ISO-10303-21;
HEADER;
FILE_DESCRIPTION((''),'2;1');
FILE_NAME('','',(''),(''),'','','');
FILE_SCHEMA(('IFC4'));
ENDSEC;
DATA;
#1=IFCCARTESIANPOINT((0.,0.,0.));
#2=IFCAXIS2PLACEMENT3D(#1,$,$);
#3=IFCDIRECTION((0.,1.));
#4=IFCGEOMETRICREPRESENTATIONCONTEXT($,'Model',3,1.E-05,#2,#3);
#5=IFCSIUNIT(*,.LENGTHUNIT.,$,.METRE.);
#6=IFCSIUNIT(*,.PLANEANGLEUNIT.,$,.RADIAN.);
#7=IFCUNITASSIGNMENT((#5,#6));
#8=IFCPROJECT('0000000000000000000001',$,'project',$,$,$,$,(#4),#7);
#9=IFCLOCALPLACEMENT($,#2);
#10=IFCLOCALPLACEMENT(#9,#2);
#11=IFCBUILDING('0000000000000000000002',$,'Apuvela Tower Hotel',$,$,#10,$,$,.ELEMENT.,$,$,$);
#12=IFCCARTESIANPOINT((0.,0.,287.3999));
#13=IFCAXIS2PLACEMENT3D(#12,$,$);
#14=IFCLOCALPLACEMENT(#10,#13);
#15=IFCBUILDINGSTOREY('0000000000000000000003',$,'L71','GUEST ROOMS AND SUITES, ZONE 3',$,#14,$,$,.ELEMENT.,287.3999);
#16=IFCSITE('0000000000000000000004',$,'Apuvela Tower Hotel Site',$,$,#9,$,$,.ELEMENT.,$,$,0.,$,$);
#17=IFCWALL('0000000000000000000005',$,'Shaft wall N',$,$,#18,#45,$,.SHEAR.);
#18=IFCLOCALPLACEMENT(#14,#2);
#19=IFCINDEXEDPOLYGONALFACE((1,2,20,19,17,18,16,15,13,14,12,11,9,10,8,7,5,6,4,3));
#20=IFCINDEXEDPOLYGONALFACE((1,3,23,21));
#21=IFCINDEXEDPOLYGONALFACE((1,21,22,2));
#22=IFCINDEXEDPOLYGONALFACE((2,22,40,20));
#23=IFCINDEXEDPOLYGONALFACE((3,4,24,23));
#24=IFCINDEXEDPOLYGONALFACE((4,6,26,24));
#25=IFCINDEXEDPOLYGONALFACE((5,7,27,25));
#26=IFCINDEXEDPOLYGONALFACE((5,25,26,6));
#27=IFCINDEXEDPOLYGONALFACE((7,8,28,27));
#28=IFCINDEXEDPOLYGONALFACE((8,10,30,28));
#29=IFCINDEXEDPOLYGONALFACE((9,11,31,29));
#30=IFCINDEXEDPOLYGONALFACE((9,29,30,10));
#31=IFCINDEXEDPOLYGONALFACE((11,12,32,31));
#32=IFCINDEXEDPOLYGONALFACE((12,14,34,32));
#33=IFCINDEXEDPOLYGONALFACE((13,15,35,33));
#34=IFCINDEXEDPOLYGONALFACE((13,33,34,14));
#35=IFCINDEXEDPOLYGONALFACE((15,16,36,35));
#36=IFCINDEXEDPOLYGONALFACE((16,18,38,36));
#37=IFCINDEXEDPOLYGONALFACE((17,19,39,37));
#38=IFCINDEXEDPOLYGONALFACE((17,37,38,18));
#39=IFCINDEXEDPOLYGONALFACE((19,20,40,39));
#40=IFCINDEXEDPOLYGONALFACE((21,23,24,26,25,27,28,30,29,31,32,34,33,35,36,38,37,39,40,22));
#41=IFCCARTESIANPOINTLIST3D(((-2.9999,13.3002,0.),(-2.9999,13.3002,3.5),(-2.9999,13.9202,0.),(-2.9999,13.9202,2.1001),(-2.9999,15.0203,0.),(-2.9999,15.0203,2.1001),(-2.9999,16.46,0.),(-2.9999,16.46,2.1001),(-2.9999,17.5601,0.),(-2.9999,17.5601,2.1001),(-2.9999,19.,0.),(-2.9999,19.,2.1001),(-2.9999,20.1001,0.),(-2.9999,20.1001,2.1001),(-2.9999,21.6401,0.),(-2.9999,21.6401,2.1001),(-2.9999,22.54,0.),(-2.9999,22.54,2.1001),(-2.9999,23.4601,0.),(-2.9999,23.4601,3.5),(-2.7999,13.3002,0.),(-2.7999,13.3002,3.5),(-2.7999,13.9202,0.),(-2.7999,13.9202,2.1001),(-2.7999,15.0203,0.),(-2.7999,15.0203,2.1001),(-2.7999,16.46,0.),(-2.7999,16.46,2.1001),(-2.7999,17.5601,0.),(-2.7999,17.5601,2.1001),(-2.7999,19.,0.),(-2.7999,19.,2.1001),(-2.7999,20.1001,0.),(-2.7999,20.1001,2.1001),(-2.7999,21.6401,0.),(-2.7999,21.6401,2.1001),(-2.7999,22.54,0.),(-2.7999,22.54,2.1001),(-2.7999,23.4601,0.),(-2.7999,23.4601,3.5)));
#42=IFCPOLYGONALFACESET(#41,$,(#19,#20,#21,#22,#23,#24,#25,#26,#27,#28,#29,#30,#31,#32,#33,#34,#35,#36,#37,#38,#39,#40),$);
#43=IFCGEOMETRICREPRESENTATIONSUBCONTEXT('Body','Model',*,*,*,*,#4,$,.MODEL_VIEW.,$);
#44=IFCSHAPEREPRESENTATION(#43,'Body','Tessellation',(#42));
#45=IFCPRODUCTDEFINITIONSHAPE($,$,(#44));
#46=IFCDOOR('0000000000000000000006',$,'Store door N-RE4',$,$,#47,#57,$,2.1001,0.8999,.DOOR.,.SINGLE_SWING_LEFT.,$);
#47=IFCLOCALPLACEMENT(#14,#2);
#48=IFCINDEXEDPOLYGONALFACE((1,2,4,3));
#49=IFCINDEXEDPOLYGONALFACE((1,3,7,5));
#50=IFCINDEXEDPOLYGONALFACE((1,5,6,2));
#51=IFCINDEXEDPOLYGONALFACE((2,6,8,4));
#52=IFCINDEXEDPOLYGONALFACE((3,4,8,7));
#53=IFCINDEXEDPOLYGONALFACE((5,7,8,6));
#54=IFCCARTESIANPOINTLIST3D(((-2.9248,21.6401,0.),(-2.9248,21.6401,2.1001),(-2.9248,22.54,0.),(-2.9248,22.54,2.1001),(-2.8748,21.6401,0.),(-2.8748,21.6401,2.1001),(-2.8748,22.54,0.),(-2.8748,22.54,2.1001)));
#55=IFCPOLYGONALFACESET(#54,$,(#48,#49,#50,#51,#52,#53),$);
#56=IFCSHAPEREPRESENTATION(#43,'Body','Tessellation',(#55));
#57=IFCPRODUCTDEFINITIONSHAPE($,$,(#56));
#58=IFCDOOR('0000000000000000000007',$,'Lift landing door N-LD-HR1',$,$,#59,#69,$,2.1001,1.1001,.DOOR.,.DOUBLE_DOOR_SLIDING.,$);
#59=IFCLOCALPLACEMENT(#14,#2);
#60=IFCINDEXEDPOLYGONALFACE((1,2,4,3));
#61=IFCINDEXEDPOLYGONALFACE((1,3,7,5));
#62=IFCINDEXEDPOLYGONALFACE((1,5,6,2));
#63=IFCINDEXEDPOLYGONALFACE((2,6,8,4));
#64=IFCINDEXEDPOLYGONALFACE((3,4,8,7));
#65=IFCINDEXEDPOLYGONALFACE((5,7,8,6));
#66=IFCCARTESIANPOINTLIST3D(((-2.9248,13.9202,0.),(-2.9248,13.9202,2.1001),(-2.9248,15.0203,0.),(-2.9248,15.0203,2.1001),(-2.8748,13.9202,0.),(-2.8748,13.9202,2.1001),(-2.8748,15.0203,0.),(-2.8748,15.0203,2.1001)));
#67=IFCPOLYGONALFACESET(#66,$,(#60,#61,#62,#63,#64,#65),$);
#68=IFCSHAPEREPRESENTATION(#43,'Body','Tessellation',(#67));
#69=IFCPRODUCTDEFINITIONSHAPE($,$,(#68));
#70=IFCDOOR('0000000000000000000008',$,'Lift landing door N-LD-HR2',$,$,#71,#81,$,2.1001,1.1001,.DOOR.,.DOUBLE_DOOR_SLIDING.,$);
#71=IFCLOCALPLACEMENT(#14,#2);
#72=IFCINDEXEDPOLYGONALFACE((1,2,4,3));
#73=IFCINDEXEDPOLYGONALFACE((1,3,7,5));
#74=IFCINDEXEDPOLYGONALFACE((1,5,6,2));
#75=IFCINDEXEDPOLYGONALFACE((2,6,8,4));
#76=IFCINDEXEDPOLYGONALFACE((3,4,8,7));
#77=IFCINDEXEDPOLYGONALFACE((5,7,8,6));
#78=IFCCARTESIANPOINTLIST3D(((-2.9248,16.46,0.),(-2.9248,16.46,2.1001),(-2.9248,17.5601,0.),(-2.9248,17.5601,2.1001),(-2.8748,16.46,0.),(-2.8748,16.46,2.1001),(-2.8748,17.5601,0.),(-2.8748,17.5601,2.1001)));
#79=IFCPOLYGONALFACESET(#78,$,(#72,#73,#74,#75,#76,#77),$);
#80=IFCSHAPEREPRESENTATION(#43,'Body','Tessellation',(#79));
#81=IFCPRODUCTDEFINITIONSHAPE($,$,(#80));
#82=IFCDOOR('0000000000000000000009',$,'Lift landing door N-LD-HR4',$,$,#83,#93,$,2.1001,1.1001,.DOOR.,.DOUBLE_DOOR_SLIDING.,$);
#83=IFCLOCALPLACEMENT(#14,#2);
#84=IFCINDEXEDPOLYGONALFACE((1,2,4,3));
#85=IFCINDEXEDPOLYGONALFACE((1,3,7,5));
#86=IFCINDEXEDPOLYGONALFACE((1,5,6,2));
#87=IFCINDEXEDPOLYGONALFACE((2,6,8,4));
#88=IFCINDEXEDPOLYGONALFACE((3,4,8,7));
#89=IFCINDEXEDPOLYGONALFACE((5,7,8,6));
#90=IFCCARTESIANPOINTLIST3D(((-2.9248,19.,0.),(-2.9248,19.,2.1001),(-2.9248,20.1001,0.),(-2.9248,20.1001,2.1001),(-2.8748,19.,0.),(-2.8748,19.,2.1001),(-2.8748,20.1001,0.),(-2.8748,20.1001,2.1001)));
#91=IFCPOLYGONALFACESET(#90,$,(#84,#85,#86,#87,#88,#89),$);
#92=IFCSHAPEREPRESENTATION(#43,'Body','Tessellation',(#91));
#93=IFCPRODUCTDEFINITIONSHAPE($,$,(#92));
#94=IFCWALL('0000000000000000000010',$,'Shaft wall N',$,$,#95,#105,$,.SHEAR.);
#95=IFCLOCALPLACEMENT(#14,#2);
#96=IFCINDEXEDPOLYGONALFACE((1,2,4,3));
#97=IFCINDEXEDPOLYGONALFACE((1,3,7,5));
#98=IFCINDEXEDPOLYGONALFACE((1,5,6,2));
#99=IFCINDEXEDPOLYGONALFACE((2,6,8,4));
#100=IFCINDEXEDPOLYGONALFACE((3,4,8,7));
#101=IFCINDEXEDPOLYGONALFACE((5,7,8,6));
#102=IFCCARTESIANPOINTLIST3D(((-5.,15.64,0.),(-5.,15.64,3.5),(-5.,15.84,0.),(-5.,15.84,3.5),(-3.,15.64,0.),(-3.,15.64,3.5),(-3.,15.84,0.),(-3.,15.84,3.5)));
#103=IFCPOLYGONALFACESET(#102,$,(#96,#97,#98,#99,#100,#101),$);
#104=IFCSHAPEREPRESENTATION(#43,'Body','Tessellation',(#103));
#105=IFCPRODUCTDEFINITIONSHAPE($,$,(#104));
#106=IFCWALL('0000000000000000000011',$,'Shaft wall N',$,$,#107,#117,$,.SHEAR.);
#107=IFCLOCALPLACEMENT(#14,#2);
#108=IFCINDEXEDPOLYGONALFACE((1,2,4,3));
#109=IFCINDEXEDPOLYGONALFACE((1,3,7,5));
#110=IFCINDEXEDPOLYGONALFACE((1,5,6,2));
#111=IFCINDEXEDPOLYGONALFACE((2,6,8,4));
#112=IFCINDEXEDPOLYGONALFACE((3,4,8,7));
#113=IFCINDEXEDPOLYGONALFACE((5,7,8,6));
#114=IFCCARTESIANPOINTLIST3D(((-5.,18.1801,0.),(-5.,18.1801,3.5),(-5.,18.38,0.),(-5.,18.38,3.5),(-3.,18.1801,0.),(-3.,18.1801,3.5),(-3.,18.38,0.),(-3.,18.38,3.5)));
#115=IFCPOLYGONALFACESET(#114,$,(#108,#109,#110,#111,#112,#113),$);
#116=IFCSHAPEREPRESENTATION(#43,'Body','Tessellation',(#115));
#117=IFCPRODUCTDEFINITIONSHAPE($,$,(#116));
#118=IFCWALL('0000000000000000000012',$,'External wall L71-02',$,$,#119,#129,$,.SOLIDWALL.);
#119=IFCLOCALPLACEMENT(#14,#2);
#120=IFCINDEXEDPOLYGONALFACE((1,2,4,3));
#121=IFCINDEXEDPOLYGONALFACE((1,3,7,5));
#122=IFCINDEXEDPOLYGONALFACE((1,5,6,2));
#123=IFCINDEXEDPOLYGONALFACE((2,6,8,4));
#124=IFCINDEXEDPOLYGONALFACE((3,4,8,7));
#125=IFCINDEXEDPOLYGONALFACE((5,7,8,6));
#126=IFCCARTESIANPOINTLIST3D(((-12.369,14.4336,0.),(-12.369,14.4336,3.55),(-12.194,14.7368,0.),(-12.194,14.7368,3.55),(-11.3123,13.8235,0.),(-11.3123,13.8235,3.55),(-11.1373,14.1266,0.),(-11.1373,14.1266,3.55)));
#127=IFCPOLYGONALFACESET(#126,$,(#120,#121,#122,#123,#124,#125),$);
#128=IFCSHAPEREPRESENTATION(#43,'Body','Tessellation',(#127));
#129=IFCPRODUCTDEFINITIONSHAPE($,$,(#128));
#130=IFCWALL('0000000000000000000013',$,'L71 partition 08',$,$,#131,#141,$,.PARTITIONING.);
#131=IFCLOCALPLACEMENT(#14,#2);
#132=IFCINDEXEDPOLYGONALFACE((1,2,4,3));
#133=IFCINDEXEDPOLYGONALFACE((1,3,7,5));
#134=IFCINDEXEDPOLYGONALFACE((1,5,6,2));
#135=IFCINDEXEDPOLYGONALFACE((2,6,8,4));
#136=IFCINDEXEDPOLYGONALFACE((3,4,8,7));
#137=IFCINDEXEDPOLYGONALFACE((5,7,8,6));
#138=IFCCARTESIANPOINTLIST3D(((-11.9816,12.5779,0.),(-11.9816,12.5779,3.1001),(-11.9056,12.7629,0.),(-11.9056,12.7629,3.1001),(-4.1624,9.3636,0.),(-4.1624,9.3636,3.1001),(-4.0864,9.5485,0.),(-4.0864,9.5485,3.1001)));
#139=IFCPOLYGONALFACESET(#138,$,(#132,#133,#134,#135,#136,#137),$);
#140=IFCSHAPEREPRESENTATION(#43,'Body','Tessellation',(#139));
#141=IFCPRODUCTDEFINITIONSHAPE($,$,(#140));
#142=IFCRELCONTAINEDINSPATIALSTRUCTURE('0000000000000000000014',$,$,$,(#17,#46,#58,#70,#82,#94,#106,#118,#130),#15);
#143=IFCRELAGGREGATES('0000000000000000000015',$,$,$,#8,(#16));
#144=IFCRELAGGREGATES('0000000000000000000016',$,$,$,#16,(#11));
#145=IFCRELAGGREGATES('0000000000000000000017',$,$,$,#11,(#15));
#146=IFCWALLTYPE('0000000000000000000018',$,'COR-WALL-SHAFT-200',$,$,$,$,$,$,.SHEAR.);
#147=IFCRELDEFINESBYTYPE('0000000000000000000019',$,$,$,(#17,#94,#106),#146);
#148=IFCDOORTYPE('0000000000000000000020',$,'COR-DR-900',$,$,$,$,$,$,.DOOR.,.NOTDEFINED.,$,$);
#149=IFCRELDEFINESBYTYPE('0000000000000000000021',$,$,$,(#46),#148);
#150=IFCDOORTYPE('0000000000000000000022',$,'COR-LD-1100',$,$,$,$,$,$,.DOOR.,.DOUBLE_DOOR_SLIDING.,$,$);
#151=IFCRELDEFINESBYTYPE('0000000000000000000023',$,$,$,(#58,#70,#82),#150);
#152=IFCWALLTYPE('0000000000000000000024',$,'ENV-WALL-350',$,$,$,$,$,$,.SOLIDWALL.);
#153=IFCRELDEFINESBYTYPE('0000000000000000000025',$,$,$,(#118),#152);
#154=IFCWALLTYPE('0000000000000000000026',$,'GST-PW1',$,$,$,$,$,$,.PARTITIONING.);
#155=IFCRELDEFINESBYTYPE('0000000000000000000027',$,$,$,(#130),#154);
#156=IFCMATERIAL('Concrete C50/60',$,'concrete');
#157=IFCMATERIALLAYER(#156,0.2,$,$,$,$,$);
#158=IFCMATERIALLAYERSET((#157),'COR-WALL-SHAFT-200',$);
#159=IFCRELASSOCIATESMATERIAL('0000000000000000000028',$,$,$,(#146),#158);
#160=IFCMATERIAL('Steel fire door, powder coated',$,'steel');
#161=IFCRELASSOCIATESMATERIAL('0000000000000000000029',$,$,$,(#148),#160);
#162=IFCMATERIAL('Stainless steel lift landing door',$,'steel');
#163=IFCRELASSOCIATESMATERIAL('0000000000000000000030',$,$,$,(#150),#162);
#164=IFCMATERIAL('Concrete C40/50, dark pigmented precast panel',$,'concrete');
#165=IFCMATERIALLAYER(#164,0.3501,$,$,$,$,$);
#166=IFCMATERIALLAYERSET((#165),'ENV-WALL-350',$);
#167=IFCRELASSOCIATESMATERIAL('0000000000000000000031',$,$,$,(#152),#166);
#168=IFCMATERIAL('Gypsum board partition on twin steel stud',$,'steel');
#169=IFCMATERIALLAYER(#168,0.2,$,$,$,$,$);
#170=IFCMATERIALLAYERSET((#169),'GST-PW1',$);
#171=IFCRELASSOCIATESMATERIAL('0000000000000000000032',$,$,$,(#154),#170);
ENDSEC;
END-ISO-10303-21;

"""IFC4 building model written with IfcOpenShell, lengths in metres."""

from ifc_helpers import new_model, si_unit, direction, frame, frame_2d, origin, place, context, subcontext, project, spatial, rectangle, extrude, material, layer, layer_set, type_object, element, fill, save


model = new_model("IFC4")

# Units and contexts
model_context = context("Model", 3, precision=1e-05, world=origin(), true_north=direction((0.0, 1.0)))
body_context = subcontext(model_context, "Body", "Model", "MODEL_VIEW")
ifc_project = project(units=[si_unit("LENGTHUNIT", "METRE"), si_unit("PLANEANGLEUNIT", "RADIAN")], contexts=[model_context])

# Site, building, storey
site_placement = place(None, origin())
site = spatial("IfcSite", under=ifc_project, at=site_placement, Name="Apuvela Tower Hotel Site", CompositionType="ELEMENT", RefElevation=0.0)
building_placement = place(site_placement, origin())
building = spatial("IfcBuilding", under=site, at=building_placement, Name="Apuvela Tower Hotel", CompositionType="ELEMENT")
storey_placement = place(building_placement, frame((0.0, 0.0, 287.3999)))
storey = spatial("IfcBuildingStorey", under=building, at=storey_placement, Name="L71", Description="GUEST ROOMS AND SUITES, ZONE 3", CompositionType="ELEMENT", Elevation=287.3999)

# Shared definitions
ifc_material_1 = material(Name="Concrete C50/60", Category="concrete")
ifc_layer_1 = layer(ifc_material_1, 0.2)
ifc_layer_set_1 = layer_set([ifc_layer_1], Name="COR-WALL-SHAFT-200")
wall_type_1 = type_object("IfcWallType", Name="COR-WALL-SHAFT-200", PredefinedType="SHEAR", material=ifc_layer_set_1)

# Wall, openings, doors
wall_1_placement = place(storey_placement, frame((-2.8999, 13.3, 0.0), z_axis=(0.0, 0.0, 1.0), x_axis=(0.0, 1.0, 0.0)))
wall_1 = element("IfcWall", 1, at=wall_1_placement, inside=storey, type_object=wall_type_1, Name="Shaft wall N", PredefinedType="SHEAR", context=body_context, shape_type="SweptSolid", body=[
    extrude(rectangle(XDim=10.1599, YDim=0.2, at=frame_2d((5.0801, 0.0))), origin(), (0.0, 0.0, 1.0), 3.5),
])
opening_1_placement = place(wall_1_placement, frame((0.6201, 0.0, 0.0)))
opening_1 = element("IfcOpeningElement", 2, at=opening_1_placement, cuts=wall_1, PredefinedType="OPENING", context=body_context, shape_type="SweptSolid", body=[
    extrude(rectangle(XDim=1.1001, YDim=2.1001, at=frame_2d((0.55, 1.05))), frame((0.0, 0.1099, 0.0), z_axis=(0.0, -1.0, 0.0), x_axis=(1.0, 0.0, 0.0)), (0.0, 0.0, 1.0), 0.22),
])
opening_2_placement = place(wall_1_placement, frame((3.1599, 0.0, 0.0)))
opening_2 = element("IfcOpeningElement", 3, at=opening_2_placement, cuts=wall_1, PredefinedType="OPENING", context=body_context, shape_type="SweptSolid", body=[
    extrude(rectangle(XDim=1.1001, YDim=2.1001, at=frame_2d((0.55, 1.05))), frame((0.0, 0.1099, 0.0), z_axis=(0.0, -1.0, 0.0), x_axis=(1.0, 0.0, 0.0)), (0.0, 0.0, 1.0), 0.22),
])
opening_3_placement = place(wall_1_placement, frame((5.7, 0.0, 0.0)))
opening_3 = element("IfcOpeningElement", 4, at=opening_3_placement, cuts=wall_1, PredefinedType="OPENING", context=body_context, shape_type="SweptSolid", body=[
    extrude(rectangle(XDim=1.1001, YDim=2.1001, at=frame_2d((0.55, 1.05))), frame((0.0, 0.1099, 0.0), z_axis=(0.0, -1.0, 0.0), x_axis=(1.0, 0.0, 0.0)), (0.0, 0.0, 1.0), 0.22),
])
opening_4_placement = place(wall_1_placement, frame((8.3401, 0.0, 0.0)))
opening_4 = element("IfcOpeningElement", 5, at=opening_4_placement, cuts=wall_1, PredefinedType="OPENING", context=body_context, shape_type="SweptSolid", body=[
    extrude(rectangle(XDim=0.8999, YDim=2.1001, at=frame_2d((0.45, 1.05))), frame((0.0, 0.1099, 0.0), z_axis=(0.0, -1.0, 0.0), x_axis=(1.0, 0.0, 0.0)), (0.0, 0.0, 1.0), 0.22),
])
ifc_material_2 = material(Name="Steel fire door, powder coated", Category="steel")
door_type_1 = type_object("IfcDoorType", Name="COR-DR-900", OperationType="NOTDEFINED", PredefinedType="DOOR", material=ifc_material_2)
door_1_placement = place(opening_4_placement, origin())
door_1 = element("IfcDoor", 6, at=door_1_placement, inside=storey, type_object=door_type_1, Name="Store door N-RE4", OperationType="SINGLE_SWING_LEFT", OverallHeight=2.1001, OverallWidth=0.8999, PredefinedType="DOOR", context=body_context, shape_type="SweptSolid", body=[
    extrude(rectangle(XDim=0.8999, YDim=2.1001, at=frame_2d((0.45, 1.05))), frame((0.0, 0.0249, 0.0), z_axis=(0.0, -1.0, 0.0), x_axis=(1.0, 0.0, 0.0)), (0.0, 0.0, 1.0), 0.05),
])
fill(opening_4, door_1)
ifc_material_3 = material(Name="Stainless steel lift landing door", Category="steel")
door_type_2 = type_object("IfcDoorType", Name="COR-LD-1100", OperationType="DOUBLE_DOOR_SLIDING", PredefinedType="DOOR", material=ifc_material_3)
door_2_placement = place(opening_1_placement, origin())
door_2 = element("IfcDoor", 7, at=door_2_placement, inside=storey, type_object=door_type_2, Name="Lift landing door N-LD-HR1", OperationType="DOUBLE_DOOR_SLIDING", OverallHeight=2.1001, OverallWidth=1.1001, PredefinedType="DOOR", context=body_context, shape_type="SweptSolid", body=[
    extrude(rectangle(XDim=1.1001, YDim=2.1001, at=frame_2d((0.55, 1.05))), frame((0.0, 0.0249, 0.0), z_axis=(0.0, -1.0, 0.0), x_axis=(1.0, 0.0, 0.0)), (0.0, 0.0, 1.0), 0.05),
])
fill(opening_1, door_2)
door_3_placement = place(opening_2_placement, origin())
door_3 = element("IfcDoor", 8, at=door_3_placement, inside=storey, type_object=door_type_2, Name="Lift landing door N-LD-HR2", OperationType="DOUBLE_DOOR_SLIDING", OverallHeight=2.1001, OverallWidth=1.1001, PredefinedType="DOOR", context=body_context, shape_type="SweptSolid", body=[
    extrude(rectangle(XDim=1.1001, YDim=2.1001, at=frame_2d((0.55, 1.05))), frame((0.0, 0.0249, 0.0), z_axis=(0.0, -1.0, 0.0), x_axis=(1.0, 0.0, 0.0)), (0.0, 0.0, 1.0), 0.05),
])
fill(opening_2, door_3)
door_4_placement = place(opening_3_placement, origin())
door_4 = element("IfcDoor", 9, at=door_4_placement, inside=storey, type_object=door_type_2, Name="Lift landing door N-LD-HR4", OperationType="DOUBLE_DOOR_SLIDING", OverallHeight=2.1001, OverallWidth=1.1001, PredefinedType="DOOR", context=body_context, shape_type="SweptSolid", body=[
    extrude(rectangle(XDim=1.1001, YDim=2.1001, at=frame_2d((0.55, 1.05))), frame((0.0, 0.0249, 0.0), z_axis=(0.0, -1.0, 0.0), x_axis=(1.0, 0.0, 0.0)), (0.0, 0.0, 1.0), 0.05),
])
fill(opening_3, door_4)

# Walls
for number, where, z_axis, x_axis, name in (
    (10, (-3.0, 15.74, 0.0), (0.0, 0.0, 1.0), (-1.0, 0.0, 0.0), "Shaft wall N"),
    (11, (-3.0, 18.28, 0.0), (0.0, 0.0, 1.0), (-1.0, 0.0, 0.0), "Shaft wall N"),
):
    element("IfcWall", number, at=place(storey_placement, frame(where, z_axis=z_axis, x_axis=x_axis)), inside=storey, type_object=wall_type_1, Name=name, PredefinedType="SHEAR", context=body_context, shape_type="SweptSolid", body=[
        extrude(rectangle(XDim=2.0, YDim=0.2, at=frame_2d((1.0, 0.0))), origin(), (0.0, 0.0, 1.0), 3.5),
    ])
ifc_material_4 = material(Name="Concrete C40/50, dark pigmented precast panel", Category="concrete")
ifc_layer_2 = layer(ifc_material_4, 0.3501)
ifc_layer_set_2 = layer_set([ifc_layer_2], Name="ENV-WALL-350")
wall_type_2 = type_object("IfcWallType", Name="ENV-WALL-350", PredefinedType="SOLIDWALL", material=ifc_layer_set_2)
wall_2_placement = place(storey_placement, frame((-12.2815, 14.5852, 0.0), z_axis=(0.0, 0.0, 1.0), x_axis=(0.866006, -0.500034, 0.0)))
element("IfcWall", 12, at=wall_2_placement, inside=storey, type_object=wall_type_2, Name="External wall L71-02", PredefinedType="SOLIDWALL", context=body_context, shape_type="SweptSolid", body=[
    extrude(rectangle(XDim=1.2202, YDim=0.3501, at=frame_2d((0.6101, 0.0))), origin(), (0.0, 0.0, 1.0), 3.55),
])

# Wall
ifc_material_5 = material(Name="Gypsum board partition on twin steel stud", Category="steel")
ifc_layer_3 = layer(ifc_material_5, 0.2)
ifc_layer_set_3 = layer_set([ifc_layer_3], Name="GST-PW1")
wall_type_3 = type_object("IfcWallType", Name="GST-PW1", PredefinedType="PARTITIONING", material=ifc_layer_set_3)
wall_3_placement = place(storey_placement, frame((-11.9436, 12.6704, 0.0), z_axis=(0.0, 0.0, 1.0), x_axis=(0.924897, -0.380217, 0.0)))
element("IfcWall", 13, at=wall_3_placement, inside=storey, type_object=wall_type_3, Name="L71 partition 08", PredefinedType="PARTITIONING", context=body_context, shape_type="SweptSolid", body=[
    extrude(rectangle(XDim=8.4541, YDim=0.2, at=frame_2d((4.2271, 0.0))), origin(), (0.0, 0.0, 1.0), 3.1001),
])

save(model, "model.ifc")
